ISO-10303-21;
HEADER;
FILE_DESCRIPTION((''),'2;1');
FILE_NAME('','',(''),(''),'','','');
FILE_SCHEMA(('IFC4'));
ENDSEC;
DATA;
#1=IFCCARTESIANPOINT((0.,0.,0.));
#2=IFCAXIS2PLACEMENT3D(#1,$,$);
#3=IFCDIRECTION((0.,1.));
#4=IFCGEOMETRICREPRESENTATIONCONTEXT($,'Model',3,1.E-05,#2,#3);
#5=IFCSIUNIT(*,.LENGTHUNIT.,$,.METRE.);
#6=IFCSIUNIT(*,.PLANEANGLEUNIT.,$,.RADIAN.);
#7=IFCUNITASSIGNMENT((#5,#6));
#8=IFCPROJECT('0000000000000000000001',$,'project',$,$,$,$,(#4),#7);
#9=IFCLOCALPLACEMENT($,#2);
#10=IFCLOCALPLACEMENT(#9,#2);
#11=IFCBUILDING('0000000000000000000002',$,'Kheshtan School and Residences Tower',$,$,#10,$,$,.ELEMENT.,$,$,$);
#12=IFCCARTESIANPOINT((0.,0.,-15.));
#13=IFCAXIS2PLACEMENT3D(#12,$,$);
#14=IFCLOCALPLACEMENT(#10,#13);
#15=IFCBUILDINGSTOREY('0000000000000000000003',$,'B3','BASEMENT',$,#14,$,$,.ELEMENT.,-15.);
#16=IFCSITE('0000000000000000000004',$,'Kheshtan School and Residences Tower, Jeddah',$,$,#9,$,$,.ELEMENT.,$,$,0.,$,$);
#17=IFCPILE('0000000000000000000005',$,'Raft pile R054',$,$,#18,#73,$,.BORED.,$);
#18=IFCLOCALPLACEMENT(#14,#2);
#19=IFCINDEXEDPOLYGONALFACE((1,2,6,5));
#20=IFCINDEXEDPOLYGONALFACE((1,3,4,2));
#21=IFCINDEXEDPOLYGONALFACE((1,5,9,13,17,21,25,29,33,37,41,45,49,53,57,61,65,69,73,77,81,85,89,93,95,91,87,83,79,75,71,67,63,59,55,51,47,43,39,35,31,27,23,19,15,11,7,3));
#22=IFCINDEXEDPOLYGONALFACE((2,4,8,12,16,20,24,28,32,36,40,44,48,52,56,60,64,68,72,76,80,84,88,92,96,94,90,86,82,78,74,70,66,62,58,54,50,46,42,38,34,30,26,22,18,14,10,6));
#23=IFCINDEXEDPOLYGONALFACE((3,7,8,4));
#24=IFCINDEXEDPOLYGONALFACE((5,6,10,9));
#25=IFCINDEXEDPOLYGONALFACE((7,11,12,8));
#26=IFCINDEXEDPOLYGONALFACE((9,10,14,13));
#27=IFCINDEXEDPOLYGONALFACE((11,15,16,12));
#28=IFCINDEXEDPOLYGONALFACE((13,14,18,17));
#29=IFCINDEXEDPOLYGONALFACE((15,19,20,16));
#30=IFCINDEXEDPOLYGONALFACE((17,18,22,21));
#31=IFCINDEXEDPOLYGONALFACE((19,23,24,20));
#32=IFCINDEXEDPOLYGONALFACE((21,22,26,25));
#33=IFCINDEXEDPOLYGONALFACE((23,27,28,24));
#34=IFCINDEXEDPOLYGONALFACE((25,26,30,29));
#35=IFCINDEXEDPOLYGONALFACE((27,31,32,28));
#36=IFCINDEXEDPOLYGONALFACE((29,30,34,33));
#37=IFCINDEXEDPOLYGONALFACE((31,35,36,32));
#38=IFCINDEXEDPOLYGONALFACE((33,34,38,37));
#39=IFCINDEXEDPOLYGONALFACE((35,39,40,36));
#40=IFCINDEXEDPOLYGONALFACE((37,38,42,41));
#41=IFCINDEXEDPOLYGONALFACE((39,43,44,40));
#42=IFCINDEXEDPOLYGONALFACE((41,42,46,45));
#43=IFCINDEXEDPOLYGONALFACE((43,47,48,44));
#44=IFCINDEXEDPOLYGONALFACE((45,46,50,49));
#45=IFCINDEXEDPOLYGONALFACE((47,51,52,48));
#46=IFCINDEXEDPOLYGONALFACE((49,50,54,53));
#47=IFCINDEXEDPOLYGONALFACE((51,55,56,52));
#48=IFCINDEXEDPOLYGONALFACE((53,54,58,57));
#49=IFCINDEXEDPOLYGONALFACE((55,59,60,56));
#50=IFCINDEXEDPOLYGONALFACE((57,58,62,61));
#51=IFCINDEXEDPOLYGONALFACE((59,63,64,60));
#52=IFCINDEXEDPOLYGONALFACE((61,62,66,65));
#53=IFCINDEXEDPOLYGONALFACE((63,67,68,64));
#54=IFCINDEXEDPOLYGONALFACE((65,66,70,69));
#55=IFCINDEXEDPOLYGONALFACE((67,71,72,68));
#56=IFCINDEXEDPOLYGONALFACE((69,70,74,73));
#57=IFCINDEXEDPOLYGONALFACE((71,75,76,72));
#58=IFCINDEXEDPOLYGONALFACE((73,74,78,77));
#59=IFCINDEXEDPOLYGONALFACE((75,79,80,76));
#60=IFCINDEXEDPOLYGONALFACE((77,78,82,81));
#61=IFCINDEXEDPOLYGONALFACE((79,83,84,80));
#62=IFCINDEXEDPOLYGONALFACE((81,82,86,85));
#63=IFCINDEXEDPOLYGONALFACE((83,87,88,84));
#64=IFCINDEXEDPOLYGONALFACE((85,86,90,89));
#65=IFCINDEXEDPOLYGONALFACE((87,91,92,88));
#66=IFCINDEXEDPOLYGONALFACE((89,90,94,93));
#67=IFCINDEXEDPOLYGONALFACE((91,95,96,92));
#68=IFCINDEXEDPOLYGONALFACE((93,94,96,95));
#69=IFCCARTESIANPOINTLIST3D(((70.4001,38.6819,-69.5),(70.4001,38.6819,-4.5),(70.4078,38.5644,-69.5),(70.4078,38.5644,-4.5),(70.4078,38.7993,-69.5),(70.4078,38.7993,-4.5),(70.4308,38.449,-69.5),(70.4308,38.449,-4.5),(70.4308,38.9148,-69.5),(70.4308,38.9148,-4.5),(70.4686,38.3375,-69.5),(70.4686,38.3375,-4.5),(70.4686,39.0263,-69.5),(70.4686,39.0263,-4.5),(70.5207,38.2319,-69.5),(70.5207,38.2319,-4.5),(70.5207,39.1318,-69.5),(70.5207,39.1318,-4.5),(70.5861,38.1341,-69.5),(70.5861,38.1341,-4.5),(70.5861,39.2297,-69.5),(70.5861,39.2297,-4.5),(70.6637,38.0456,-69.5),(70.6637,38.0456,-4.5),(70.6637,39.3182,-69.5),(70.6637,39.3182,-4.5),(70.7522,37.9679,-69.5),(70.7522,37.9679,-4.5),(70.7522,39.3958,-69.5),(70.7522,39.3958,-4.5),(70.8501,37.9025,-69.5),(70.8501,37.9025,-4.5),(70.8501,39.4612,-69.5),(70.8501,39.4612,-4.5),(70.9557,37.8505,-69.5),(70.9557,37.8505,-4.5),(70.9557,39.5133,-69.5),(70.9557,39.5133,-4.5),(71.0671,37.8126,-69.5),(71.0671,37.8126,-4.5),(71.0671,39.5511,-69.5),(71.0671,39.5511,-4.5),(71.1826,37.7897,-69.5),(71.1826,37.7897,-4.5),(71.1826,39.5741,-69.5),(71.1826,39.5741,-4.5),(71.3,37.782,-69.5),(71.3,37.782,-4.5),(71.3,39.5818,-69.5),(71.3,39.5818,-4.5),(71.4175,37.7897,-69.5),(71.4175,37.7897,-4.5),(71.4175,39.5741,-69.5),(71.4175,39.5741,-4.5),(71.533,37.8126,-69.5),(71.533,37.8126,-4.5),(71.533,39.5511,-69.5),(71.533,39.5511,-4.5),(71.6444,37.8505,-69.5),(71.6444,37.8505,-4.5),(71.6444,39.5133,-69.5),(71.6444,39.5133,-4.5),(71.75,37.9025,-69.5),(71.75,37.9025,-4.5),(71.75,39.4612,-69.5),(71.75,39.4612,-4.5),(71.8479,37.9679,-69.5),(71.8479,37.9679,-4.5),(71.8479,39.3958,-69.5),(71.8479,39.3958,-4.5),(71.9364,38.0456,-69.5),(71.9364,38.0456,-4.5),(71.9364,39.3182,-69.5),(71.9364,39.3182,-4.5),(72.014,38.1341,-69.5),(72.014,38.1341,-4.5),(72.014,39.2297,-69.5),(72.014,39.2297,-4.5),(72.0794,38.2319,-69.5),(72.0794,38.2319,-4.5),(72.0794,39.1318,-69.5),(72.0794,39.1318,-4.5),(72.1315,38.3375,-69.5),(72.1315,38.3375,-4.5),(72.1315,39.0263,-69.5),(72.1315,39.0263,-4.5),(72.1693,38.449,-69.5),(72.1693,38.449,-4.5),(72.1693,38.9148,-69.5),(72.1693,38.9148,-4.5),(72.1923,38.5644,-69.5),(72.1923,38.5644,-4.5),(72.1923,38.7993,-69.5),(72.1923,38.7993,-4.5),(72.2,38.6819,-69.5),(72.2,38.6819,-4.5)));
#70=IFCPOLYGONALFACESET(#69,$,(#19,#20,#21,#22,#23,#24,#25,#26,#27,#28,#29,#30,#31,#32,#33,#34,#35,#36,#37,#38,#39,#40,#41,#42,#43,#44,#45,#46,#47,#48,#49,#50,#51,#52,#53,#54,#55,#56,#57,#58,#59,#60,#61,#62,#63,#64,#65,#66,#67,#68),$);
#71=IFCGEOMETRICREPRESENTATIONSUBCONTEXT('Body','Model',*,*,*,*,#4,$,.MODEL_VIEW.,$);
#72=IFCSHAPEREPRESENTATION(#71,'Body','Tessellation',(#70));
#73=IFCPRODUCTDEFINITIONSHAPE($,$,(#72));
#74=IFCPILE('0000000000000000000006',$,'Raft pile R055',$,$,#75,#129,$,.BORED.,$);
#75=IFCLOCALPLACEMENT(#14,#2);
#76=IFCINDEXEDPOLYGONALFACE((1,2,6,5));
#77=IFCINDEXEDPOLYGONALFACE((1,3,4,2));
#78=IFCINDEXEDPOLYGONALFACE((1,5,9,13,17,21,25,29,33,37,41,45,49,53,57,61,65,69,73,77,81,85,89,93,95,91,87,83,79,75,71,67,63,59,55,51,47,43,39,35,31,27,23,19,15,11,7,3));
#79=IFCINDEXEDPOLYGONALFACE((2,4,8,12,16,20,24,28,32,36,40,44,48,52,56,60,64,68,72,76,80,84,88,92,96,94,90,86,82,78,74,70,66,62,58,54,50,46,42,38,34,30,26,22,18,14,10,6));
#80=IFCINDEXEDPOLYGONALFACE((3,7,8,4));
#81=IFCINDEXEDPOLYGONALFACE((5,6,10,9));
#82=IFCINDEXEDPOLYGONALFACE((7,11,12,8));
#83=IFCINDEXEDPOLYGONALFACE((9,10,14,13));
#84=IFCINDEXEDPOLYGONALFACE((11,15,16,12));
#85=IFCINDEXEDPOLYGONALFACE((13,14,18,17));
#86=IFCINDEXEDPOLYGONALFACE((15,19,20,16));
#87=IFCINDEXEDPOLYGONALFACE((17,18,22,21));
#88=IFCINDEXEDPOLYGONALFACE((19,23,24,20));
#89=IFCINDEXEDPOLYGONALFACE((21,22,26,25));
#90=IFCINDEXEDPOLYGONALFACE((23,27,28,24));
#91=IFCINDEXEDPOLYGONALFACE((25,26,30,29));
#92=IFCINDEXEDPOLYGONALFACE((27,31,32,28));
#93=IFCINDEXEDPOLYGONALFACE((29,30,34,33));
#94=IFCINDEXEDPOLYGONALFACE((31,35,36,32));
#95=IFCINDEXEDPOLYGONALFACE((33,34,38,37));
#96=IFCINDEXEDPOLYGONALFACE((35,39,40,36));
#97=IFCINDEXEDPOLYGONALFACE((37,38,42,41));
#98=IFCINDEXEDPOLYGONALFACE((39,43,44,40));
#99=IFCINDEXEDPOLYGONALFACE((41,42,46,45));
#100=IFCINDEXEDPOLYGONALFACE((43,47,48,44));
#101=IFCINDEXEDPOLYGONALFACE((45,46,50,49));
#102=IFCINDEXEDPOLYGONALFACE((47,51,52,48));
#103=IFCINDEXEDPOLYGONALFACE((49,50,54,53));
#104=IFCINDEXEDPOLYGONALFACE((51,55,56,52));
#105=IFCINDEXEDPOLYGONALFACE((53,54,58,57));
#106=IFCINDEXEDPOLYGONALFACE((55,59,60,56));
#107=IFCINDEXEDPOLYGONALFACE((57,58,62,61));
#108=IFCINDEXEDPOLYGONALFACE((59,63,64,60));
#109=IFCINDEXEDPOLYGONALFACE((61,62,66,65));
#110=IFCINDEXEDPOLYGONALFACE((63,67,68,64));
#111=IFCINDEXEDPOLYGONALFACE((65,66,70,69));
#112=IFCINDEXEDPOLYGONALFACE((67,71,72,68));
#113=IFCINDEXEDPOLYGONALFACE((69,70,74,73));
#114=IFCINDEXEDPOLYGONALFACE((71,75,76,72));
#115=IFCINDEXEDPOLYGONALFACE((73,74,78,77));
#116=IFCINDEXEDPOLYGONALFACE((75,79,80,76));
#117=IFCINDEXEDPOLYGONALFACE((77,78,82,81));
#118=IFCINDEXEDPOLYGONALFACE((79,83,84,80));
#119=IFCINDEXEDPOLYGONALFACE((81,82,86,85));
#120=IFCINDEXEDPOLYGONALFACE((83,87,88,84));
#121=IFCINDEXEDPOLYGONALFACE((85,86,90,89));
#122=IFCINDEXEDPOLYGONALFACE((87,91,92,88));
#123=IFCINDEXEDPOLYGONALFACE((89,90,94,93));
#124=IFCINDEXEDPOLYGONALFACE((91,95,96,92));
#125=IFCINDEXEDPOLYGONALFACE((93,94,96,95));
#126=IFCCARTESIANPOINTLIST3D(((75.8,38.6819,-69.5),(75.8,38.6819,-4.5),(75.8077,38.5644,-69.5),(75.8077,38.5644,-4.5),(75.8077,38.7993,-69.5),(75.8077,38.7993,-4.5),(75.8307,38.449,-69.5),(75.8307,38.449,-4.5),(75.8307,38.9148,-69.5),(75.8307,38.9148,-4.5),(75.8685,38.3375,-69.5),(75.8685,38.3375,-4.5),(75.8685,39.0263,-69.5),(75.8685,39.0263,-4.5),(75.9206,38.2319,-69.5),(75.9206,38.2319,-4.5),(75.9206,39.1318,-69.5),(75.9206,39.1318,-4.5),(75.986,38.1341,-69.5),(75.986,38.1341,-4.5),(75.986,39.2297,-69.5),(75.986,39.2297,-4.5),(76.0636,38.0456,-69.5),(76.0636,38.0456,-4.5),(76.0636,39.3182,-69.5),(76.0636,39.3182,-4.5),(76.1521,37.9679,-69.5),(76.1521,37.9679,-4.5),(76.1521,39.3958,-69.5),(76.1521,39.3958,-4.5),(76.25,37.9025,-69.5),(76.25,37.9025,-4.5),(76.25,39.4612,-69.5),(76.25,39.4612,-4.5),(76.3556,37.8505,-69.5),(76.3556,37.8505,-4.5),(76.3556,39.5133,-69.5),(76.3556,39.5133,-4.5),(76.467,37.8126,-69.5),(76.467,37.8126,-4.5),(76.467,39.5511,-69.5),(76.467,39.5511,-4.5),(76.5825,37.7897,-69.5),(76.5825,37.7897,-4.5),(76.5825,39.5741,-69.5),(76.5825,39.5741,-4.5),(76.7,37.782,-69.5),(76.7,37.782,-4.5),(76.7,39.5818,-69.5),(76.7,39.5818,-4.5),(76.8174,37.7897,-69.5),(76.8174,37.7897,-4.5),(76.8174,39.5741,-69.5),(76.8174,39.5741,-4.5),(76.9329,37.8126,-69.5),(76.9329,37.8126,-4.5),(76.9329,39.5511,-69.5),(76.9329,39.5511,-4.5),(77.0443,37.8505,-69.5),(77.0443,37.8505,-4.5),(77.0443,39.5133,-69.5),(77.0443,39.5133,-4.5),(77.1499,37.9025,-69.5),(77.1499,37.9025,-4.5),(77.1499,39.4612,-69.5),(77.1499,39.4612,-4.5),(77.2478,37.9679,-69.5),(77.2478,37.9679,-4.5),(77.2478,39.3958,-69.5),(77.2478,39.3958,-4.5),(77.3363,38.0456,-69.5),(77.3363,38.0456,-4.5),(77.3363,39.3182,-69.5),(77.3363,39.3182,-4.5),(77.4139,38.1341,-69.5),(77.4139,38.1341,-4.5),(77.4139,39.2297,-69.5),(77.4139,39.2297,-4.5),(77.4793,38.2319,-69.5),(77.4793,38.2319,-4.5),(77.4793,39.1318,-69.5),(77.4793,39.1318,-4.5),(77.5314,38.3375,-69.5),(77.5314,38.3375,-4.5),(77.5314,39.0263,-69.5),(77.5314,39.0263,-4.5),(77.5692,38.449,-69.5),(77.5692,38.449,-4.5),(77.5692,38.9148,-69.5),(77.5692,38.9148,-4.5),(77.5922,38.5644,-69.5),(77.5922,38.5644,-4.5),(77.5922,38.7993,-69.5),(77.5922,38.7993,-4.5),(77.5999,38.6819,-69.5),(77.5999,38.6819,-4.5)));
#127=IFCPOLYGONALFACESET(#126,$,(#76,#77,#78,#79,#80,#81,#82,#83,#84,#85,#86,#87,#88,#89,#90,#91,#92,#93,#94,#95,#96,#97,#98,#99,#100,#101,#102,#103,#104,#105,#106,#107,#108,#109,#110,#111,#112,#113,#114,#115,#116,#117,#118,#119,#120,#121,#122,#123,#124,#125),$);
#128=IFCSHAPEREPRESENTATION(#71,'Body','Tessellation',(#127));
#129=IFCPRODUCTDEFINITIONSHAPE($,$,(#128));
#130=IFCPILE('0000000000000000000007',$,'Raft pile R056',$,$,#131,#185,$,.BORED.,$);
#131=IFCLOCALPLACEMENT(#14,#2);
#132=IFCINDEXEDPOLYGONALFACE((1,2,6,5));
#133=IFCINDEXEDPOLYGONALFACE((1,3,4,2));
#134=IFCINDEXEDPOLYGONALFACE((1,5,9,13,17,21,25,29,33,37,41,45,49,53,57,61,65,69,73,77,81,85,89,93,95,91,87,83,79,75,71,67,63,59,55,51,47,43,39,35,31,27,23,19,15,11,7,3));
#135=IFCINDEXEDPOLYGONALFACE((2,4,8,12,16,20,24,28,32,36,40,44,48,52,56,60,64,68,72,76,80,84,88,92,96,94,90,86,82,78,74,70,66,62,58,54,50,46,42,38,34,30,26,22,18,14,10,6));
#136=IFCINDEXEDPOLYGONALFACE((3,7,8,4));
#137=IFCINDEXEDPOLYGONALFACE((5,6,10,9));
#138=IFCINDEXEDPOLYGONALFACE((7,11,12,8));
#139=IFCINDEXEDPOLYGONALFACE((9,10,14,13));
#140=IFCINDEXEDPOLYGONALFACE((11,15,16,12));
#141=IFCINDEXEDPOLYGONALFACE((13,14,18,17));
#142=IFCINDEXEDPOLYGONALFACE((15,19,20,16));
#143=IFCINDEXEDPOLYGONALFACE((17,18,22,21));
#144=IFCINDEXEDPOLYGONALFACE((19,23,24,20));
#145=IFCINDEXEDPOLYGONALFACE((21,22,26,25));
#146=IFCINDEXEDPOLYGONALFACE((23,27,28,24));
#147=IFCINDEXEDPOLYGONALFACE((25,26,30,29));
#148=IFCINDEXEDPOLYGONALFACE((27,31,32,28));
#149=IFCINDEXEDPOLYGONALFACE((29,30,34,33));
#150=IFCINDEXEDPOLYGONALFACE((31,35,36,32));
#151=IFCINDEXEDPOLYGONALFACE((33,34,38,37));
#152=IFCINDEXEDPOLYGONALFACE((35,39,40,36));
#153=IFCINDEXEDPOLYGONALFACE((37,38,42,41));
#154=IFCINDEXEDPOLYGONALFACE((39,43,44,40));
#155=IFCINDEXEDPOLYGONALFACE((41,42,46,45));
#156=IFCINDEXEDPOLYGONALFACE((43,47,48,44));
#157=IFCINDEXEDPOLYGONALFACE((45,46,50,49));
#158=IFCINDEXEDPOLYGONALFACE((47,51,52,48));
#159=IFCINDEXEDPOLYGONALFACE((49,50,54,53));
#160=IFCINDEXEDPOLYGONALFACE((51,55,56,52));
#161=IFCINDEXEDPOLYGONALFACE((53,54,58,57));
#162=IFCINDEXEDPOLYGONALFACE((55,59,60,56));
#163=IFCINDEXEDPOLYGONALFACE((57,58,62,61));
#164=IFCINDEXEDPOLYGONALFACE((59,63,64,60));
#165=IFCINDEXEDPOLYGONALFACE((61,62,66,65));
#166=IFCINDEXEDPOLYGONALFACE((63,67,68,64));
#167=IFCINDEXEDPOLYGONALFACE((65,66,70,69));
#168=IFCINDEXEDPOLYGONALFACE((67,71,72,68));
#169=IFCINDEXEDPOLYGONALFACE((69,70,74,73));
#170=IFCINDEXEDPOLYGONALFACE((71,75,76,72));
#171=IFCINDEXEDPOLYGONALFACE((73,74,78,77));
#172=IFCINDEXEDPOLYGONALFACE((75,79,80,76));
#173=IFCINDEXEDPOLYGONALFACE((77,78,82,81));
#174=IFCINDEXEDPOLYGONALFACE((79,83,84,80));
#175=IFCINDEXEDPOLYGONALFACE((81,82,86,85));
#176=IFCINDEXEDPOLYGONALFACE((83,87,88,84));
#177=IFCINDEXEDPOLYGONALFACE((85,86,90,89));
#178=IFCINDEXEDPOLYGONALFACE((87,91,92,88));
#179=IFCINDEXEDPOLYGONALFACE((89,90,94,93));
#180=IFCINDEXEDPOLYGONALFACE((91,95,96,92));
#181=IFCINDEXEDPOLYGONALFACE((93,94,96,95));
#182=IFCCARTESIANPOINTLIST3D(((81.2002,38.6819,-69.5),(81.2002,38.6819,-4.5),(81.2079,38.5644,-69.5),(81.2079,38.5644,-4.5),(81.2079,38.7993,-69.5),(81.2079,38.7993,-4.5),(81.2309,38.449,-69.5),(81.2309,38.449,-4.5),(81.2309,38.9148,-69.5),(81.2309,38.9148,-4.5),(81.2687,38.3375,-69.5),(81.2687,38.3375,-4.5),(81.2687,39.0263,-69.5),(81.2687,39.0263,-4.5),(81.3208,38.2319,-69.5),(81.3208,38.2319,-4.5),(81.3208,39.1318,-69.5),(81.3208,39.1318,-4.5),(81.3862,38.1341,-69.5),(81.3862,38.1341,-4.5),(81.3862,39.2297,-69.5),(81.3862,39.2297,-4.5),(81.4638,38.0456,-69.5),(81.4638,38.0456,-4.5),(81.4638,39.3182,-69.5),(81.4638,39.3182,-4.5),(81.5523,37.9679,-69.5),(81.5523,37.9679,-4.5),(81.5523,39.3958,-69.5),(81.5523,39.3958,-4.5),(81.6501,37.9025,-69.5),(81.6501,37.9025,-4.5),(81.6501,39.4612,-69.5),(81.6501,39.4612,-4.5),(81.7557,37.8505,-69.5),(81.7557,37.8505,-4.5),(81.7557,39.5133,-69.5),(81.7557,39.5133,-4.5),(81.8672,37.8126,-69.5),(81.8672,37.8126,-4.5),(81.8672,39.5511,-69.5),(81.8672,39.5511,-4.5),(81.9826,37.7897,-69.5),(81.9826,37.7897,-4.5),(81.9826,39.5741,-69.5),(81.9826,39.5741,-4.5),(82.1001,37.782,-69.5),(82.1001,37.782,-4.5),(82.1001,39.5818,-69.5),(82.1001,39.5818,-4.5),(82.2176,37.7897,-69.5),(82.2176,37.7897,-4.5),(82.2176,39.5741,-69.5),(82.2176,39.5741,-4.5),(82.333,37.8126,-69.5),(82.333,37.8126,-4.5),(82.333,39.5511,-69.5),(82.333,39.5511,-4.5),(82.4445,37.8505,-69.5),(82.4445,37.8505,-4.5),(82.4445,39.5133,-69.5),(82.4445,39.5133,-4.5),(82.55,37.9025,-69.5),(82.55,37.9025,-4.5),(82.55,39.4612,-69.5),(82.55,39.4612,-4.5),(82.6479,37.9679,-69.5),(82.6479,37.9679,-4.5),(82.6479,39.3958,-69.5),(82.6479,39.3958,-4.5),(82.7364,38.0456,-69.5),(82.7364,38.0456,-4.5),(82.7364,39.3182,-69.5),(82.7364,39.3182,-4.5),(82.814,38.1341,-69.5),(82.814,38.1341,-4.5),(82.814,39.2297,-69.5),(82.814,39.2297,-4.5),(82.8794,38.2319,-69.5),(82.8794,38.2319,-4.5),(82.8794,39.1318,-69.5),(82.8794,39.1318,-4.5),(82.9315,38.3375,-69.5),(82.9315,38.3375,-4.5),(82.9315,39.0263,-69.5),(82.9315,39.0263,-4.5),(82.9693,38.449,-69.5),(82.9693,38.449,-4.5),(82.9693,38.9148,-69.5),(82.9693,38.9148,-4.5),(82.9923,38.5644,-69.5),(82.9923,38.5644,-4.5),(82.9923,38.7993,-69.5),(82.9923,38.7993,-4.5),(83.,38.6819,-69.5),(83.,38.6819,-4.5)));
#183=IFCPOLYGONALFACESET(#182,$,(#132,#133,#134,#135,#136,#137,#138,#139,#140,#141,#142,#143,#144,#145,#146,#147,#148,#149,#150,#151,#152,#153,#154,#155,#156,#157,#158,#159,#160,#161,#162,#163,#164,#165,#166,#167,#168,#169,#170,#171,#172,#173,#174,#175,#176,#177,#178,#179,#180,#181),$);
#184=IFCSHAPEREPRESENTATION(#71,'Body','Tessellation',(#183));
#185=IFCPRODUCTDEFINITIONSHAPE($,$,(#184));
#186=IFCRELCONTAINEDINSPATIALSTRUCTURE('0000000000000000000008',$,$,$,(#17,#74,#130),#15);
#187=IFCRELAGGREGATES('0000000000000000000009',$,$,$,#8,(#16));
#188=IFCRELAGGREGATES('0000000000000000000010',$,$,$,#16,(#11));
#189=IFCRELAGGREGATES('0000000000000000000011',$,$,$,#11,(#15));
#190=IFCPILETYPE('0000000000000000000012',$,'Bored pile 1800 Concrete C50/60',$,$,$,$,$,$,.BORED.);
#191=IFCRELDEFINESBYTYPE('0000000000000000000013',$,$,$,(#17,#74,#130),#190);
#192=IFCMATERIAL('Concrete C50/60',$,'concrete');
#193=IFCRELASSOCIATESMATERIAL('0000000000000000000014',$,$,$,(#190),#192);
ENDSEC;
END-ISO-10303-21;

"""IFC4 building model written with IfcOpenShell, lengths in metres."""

from ifc_helpers import new_model, si_unit, direction, frame, origin, origin_2d, place, context, subcontext, project, spatial, circle, extrude, material, material_profile, profile_set, type_object, element, save


model = new_model("IFC4")

# Units and contexts
model_context = context("Model", 3, precision=1e-05, world=origin(), true_north=direction((0.0, 1.0)))
body_context = subcontext(model_context, "Body", "Model", "MODEL_VIEW")
ifc_project = project(units=[si_unit("LENGTHUNIT", "METRE"), si_unit("PLANEANGLEUNIT", "RADIAN")], contexts=[model_context])

# Site, building, storey
site_placement = place(None, origin())
site = spatial("IfcSite", under=ifc_project, at=site_placement, Name="Kheshtan School and Residences Tower, Jeddah", CompositionType="ELEMENT", RefElevation=0.0)
building_placement = place(site_placement, origin())
building = spatial("IfcBuilding", under=site, at=building_placement, Name="Kheshtan School and Residences Tower", CompositionType="ELEMENT")
storey_placement = place(building_placement, frame((0.0, 0.0, -15.0)))
storey = spatial("IfcBuildingStorey", under=building, at=storey_placement, Name="B3", Description="BASEMENT", CompositionType="ELEMENT", Elevation=-15.0)

# Piles
ifc_material_1 = material(Name="Concrete C50/60", Category="concrete")
ifc_material_profile_1 = material_profile(ifc_material_1, circle(Radius=0.8999, at=origin_2d()), Name="BP 1800")
ifc_profile_set_1 = profile_set([ifc_material_profile_1], Name="Concrete C50/60")
pile_type_1 = type_object("IfcPileType", Name="Bored pile 1800 Concrete C50/60", PredefinedType="BORED", material=ifc_profile_set_1)
for number, where, z_axis, x_axis, name in (
    (1, (71.3, 38.6819, -4.5), (0.0, 0.0, -1.0), (1.0, 0.0, 0.0), "Raft pile R054"),
    (2, (76.7, 38.6819, -4.5), (0.0, 0.0, -1.0), (1.0, 0.0, 0.0), "Raft pile R055"),
    (3, (82.1001, 38.6819, -4.5), (0.0, 0.0, -1.0), (1.0, 0.0, 0.0), "Raft pile R056"),
):
    element("IfcPile", number, at=place(storey_placement, frame(where, z_axis=z_axis, x_axis=x_axis)), inside=storey, type_object=pile_type_1, Name=name, PredefinedType="BORED", context=body_context, shape_type="SweptSolid", body=[
        extrude(circle(Radius=0.8999, at=origin_2d()), origin(), (0.0, 0.0, 1.0), 65.0),
    ])

save(model, "model.ifc")
